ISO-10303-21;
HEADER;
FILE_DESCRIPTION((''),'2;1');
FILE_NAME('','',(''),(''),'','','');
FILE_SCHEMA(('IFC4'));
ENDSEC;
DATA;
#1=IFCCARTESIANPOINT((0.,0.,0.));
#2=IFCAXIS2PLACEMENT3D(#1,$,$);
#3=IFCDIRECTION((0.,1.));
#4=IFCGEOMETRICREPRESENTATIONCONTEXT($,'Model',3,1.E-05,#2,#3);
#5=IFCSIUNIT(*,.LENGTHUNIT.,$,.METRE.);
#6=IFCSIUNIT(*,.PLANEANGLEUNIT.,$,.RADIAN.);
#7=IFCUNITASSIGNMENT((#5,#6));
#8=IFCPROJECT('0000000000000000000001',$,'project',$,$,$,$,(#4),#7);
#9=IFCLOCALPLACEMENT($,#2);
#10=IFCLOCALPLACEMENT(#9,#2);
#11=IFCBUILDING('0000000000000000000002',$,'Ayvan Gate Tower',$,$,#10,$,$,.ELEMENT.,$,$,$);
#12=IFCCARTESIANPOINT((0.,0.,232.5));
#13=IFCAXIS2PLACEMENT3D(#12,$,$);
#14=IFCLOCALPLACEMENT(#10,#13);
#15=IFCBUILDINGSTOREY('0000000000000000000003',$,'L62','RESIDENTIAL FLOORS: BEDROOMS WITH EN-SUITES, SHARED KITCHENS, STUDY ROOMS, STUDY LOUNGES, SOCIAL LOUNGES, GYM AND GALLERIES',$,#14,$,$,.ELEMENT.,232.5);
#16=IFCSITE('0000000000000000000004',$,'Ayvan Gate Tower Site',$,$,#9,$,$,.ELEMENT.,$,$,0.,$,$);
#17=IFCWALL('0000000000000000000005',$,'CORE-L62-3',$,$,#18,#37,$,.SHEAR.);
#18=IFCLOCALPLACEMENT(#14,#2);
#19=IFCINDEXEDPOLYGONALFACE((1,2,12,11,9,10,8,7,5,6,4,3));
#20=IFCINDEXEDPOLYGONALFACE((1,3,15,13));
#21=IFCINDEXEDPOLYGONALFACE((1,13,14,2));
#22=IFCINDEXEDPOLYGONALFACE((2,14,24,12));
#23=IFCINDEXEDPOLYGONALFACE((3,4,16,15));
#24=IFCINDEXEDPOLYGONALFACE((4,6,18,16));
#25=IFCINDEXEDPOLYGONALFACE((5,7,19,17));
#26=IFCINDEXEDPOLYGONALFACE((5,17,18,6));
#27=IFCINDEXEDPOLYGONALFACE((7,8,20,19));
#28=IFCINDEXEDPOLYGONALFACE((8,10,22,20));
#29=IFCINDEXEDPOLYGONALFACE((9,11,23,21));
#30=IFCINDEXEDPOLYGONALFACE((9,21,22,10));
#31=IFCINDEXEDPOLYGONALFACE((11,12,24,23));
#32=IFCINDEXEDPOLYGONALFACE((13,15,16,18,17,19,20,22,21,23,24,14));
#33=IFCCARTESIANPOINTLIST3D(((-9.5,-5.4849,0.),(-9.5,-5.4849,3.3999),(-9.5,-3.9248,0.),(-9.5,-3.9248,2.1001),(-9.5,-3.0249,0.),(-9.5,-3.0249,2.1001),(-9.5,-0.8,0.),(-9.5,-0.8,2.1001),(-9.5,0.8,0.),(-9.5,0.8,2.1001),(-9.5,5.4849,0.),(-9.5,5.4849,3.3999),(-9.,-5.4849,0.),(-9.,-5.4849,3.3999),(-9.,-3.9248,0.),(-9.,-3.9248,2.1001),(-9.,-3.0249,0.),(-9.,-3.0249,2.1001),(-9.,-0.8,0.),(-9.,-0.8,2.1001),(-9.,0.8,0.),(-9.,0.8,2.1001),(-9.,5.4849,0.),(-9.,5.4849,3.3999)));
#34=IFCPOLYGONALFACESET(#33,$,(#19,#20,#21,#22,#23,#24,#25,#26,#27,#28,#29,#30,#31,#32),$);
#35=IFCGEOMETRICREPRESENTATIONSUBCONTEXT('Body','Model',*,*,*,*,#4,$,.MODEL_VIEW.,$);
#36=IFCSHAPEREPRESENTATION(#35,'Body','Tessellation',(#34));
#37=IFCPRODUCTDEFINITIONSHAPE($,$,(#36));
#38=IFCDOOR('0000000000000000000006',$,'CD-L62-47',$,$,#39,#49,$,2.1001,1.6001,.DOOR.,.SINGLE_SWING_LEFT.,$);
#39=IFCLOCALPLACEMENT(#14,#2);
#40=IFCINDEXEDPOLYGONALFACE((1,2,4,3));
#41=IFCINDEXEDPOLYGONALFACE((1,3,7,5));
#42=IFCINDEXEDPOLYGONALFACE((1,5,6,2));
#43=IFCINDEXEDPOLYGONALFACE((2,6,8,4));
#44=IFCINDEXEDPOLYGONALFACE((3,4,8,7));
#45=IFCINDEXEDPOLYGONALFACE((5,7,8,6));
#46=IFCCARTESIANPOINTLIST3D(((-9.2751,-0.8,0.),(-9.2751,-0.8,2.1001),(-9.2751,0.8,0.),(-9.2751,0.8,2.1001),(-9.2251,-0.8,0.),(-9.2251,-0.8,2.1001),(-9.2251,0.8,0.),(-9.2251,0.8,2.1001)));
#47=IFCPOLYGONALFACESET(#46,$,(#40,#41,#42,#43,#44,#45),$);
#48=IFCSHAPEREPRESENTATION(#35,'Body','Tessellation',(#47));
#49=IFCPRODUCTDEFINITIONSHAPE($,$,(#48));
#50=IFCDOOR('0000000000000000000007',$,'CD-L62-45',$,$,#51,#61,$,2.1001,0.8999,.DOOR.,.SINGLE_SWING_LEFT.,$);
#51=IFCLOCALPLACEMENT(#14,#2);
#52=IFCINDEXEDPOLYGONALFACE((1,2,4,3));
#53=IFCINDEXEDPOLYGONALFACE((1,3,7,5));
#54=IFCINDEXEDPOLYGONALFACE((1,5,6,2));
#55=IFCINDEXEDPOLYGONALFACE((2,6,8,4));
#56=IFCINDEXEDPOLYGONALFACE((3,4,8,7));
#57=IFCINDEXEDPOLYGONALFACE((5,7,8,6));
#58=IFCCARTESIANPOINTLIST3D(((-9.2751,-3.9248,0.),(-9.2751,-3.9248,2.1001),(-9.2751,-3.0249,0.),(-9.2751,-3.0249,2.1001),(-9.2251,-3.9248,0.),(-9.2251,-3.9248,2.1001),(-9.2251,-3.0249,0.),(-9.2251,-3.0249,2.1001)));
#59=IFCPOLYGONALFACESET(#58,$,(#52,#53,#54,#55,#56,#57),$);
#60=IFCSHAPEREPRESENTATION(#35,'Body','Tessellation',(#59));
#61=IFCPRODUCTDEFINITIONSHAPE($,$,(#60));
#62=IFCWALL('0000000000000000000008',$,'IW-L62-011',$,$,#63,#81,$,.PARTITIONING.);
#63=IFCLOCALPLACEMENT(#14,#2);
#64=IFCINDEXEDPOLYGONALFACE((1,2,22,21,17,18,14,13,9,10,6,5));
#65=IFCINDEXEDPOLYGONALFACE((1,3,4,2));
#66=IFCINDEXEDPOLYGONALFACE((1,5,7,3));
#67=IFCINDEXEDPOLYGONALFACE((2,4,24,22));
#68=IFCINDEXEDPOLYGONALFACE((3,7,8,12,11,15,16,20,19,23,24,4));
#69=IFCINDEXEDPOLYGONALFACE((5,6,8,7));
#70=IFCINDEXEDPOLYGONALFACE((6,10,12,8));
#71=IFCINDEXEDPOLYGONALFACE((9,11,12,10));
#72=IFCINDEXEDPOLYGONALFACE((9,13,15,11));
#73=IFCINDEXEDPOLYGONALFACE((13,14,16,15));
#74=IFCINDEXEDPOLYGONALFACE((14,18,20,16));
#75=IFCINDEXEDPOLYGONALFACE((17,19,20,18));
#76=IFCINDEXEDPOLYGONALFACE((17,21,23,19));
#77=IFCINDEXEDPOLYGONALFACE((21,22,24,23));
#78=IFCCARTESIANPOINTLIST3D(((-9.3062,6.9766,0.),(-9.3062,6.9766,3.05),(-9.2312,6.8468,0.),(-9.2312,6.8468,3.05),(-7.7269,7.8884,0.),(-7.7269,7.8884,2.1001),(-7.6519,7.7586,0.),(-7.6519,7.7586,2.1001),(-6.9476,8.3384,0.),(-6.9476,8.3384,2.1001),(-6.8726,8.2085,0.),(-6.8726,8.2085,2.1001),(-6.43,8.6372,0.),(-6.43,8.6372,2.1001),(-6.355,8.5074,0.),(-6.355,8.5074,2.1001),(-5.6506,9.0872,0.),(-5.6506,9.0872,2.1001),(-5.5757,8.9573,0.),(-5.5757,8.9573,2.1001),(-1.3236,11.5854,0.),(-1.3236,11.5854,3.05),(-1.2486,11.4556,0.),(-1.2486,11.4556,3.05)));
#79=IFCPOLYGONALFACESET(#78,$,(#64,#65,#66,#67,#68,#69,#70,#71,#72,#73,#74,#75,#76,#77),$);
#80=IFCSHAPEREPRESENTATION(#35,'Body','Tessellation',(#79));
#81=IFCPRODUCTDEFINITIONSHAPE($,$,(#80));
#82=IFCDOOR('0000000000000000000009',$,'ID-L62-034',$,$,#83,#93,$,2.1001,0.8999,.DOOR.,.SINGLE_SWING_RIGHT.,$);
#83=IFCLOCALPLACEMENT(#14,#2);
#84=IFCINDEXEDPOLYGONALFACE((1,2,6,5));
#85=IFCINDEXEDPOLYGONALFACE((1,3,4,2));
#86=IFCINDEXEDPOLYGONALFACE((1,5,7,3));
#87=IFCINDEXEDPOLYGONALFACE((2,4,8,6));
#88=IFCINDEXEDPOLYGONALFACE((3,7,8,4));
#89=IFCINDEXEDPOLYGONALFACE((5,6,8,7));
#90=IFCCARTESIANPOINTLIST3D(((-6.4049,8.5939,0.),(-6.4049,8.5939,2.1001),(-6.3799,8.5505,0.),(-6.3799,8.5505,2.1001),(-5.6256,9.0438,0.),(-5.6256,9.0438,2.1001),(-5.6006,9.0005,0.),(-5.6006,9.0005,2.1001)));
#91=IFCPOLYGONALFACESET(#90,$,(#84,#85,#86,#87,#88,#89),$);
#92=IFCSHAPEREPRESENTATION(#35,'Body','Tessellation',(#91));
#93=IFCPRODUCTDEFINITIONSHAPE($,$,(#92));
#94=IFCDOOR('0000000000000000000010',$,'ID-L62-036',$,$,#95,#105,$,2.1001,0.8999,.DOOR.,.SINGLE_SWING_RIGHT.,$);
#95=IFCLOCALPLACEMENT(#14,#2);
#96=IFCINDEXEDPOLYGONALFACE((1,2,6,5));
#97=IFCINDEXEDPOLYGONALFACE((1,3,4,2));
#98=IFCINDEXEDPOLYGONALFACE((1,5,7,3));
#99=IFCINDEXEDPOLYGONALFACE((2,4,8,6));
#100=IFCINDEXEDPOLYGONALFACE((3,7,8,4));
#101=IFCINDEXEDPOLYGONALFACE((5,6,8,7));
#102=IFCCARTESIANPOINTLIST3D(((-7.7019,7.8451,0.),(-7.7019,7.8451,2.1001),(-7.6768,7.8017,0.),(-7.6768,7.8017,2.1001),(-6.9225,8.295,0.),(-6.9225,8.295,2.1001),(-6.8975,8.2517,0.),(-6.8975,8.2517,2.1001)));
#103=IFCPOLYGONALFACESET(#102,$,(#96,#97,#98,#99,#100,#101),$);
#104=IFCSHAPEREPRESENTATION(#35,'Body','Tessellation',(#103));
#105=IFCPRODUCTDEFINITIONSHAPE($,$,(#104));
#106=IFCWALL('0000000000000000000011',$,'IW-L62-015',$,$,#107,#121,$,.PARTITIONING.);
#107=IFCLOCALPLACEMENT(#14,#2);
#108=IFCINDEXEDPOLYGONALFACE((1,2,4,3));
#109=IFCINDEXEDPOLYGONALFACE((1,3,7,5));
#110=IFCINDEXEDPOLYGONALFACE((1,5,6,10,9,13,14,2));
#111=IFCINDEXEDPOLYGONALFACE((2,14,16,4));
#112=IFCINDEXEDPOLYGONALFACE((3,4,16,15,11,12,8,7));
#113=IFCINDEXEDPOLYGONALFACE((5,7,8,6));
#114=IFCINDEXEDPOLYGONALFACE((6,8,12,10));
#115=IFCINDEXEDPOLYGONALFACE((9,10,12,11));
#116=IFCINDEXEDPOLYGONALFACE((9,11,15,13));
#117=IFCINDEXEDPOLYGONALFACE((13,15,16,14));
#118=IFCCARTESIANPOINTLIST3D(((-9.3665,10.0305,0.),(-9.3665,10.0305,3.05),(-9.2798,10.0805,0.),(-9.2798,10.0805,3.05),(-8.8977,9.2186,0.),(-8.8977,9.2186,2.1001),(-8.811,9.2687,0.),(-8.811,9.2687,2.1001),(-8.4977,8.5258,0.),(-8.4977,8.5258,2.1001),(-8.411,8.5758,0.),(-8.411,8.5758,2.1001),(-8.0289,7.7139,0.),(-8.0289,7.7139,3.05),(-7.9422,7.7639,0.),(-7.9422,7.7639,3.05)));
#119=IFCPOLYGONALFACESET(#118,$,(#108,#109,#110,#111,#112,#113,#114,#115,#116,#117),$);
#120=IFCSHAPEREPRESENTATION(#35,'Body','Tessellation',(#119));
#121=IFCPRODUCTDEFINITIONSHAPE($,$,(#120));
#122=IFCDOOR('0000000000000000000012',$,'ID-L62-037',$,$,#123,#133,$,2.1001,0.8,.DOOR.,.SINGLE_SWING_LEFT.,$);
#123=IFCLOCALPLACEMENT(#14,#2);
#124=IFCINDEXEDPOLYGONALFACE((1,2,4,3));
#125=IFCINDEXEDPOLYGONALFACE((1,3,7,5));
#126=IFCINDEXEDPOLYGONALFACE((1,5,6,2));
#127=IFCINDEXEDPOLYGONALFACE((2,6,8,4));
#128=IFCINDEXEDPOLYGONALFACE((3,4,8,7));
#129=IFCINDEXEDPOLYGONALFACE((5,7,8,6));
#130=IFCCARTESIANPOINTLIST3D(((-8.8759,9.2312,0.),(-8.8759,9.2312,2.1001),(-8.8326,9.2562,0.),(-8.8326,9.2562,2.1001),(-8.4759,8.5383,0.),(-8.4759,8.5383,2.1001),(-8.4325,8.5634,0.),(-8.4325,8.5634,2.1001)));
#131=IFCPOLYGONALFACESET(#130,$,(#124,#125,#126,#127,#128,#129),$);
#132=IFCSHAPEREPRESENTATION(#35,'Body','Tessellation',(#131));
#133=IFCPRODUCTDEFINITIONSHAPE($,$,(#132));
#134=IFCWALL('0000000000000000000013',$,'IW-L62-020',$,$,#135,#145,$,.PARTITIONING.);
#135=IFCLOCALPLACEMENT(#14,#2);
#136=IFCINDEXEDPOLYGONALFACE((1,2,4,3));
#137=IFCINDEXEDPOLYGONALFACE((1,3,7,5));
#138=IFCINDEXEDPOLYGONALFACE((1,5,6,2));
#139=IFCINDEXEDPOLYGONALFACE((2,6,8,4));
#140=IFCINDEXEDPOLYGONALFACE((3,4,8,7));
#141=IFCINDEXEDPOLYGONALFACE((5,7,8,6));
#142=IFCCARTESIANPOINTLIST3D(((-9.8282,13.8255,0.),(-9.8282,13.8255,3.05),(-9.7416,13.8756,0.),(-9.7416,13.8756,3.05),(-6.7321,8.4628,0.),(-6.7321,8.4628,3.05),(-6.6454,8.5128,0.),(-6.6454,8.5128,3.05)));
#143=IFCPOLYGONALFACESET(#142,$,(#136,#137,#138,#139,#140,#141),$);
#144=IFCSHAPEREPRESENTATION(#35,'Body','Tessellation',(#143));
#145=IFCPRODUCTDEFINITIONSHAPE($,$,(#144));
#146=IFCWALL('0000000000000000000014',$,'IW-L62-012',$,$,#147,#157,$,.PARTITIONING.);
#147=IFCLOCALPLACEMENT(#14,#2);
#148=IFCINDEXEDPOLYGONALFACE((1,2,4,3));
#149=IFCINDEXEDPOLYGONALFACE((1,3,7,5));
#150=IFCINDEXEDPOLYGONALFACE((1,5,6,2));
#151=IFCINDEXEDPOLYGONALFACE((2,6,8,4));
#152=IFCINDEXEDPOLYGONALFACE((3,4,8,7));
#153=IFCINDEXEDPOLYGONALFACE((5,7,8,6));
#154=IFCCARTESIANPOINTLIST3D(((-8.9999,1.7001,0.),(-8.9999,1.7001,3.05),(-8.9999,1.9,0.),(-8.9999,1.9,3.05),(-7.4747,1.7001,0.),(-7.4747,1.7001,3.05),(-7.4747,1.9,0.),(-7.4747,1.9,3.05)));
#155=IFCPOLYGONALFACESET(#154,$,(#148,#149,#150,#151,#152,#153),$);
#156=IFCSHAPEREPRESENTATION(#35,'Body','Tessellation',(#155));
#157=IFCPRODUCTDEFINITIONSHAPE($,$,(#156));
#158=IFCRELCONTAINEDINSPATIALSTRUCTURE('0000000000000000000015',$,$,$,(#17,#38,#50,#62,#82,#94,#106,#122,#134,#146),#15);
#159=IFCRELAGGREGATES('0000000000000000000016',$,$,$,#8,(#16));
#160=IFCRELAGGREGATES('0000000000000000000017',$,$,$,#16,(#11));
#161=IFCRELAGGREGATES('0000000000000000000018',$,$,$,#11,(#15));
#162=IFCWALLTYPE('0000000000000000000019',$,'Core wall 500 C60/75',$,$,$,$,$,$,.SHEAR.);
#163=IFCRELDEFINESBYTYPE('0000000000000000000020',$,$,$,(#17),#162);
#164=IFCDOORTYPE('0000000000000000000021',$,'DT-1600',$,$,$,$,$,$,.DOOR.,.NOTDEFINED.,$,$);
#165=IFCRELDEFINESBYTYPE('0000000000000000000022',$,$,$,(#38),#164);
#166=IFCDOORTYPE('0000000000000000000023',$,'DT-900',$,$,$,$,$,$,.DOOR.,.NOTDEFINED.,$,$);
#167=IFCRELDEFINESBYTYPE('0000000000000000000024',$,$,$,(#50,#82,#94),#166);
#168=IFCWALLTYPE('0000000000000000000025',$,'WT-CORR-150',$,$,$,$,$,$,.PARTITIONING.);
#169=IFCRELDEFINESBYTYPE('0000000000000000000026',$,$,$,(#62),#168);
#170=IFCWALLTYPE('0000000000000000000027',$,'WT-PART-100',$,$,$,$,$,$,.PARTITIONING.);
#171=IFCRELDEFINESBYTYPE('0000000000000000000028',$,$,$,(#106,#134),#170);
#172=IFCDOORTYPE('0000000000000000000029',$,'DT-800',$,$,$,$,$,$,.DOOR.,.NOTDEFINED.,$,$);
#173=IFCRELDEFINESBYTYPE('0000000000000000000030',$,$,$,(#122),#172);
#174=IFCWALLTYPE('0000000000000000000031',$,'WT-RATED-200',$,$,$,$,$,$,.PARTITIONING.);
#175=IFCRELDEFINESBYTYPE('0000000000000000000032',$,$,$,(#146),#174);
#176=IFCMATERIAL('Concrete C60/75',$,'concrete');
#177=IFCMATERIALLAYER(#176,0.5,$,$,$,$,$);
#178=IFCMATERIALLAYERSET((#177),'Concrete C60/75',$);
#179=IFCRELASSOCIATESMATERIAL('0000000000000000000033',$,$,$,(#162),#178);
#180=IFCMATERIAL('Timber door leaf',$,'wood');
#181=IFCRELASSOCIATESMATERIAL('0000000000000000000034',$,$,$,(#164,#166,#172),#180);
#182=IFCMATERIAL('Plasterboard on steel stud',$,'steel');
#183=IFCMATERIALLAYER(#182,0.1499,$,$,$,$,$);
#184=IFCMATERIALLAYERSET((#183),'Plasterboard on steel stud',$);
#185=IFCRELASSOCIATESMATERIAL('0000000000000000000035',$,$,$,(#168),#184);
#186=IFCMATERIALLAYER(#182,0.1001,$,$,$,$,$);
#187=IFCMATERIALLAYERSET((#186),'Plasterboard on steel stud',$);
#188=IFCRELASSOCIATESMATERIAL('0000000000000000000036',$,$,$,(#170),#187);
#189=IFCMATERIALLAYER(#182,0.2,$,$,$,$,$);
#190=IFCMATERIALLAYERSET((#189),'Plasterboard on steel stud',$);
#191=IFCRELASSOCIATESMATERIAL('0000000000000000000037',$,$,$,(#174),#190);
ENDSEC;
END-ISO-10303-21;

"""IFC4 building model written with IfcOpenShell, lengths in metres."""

from ifc_helpers import new_model, si_unit, direction, frame, frame_2d, origin, place, context, subcontext, project, spatial, rectangle, extrude, material, layer, layer_set, type_object, element, fill, save


model = new_model("IFC4")

# Units and contexts
model_context = context("Model", 3, precision=1e-05, world=origin(), true_north=direction((0.0, 1.0)))
body_context = subcontext(model_context, "Body", "Model", "MODEL_VIEW")
ifc_project = project(units=[si_unit("LENGTHUNIT", "METRE"), si_unit("PLANEANGLEUNIT", "RADIAN")], contexts=[model_context])

# Site, building, storey
site_placement = place(None, origin())
site = spatial("IfcSite", under=ifc_project, at=site_placement, Name="Ayvan Gate Tower Site", CompositionType="ELEMENT", RefElevation=0.0)
building_placement = place(site_placement, origin())
building = spatial("IfcBuilding", under=site, at=building_placement, Name="Ayvan Gate Tower", CompositionType="ELEMENT")
storey_placement = place(building_placement, frame((0.0, 0.0, 232.5)))
storey = spatial("IfcBuildingStorey", under=building, at=storey_placement, Name="L62", Description="RESIDENTIAL FLOORS: BEDROOMS WITH EN-SUITES, SHARED KITCHENS, STUDY ROOMS, STUDY LOUNGES, SOCIAL LOUNGES, GYM AND GALLERIES", CompositionType="ELEMENT", Elevation=232.5)

# Walls, openings, doors
ifc_material_1 = material(Name="Concrete C60/75", Category="concrete")
ifc_layer_1 = layer(ifc_material_1, 0.5)
ifc_layer_set_1 = layer_set([ifc_layer_1], Name="Concrete C60/75")
wall_type_1 = type_object("IfcWallType", Name="Core wall 500 C60/75", PredefinedType="SHEAR", material=ifc_layer_set_1)
wall_1_placement = place(storey_placement, frame((-9.25, 5.4849, 0.0), z_axis=(0.0, 0.0, 1.0), x_axis=(0.0, -1.0, 0.0)))
wall_1 = element("IfcWall", 1, at=wall_1_placement, inside=storey, type_object=wall_type_1, Name="CORE-L62-3", PredefinedType="SHEAR", context=body_context, shape_type="SweptSolid", body=[
    extrude(rectangle(XDim=10.9697, YDim=0.5, at=frame_2d((5.4849, 0.0))), origin(), (0.0, 0.0, 1.0), 3.3999),
])
opening_1_placement = place(wall_1_placement, frame((8.5098, 0.0, 0.0)))
opening_1 = element("IfcOpeningElement", 2, at=opening_1_placement, cuts=wall_1, PredefinedType="OPENING", context=body_context, shape_type="SweptSolid", body=[
    extrude(rectangle(XDim=0.8999, YDim=2.1001, at=frame_2d((0.45, 1.05))), frame((0.0, 0.26, 0.0), z_axis=(0.0, -1.0, 0.0), x_axis=(1.0, 0.0, 0.0)), (0.0, 0.0, 1.0), 0.52),
])
opening_2_placement = place(wall_1_placement, frame((4.6848, 0.0, 0.0)))
opening_2 = element("IfcOpeningElement", 3, at=opening_2_placement, cuts=wall_1, PredefinedType="OPENING", context=body_context, shape_type="SweptSolid", body=[
    extrude(rectangle(XDim=1.6001, YDim=2.1001, at=frame_2d((0.8, 1.05))), frame((0.0, 0.26, 0.0), z_axis=(0.0, -1.0, 0.0), x_axis=(1.0, 0.0, 0.0)), (0.0, 0.0, 1.0), 0.52),
])
ifc_material_2 = material(Name="Timber door leaf", Category="wood")
door_type_1 = type_object("IfcDoorType", Name="DT-1600", OperationType="NOTDEFINED", PredefinedType="DOOR", material=ifc_material_2)
door_1_placement = place(opening_2_placement, origin())
door_1 = element("IfcDoor", 4, at=door_1_placement, inside=storey, type_object=door_type_1, Name="CD-L62-47", OperationType="SINGLE_SWING_LEFT", OverallHeight=2.1001, OverallWidth=1.6001, PredefinedType="DOOR", context=body_context, shape_type="SweptSolid", body=[
    extrude(rectangle(XDim=1.6001, YDim=2.1001, at=frame_2d((0.8, 1.05))), frame((0.0, 0.0249, 0.0), z_axis=(0.0, -1.0, 0.0), x_axis=(1.0, 0.0, 0.0)), (0.0, 0.0, 1.0), 0.05),
])
fill(opening_2, door_1)
door_type_2 = type_object("IfcDoorType", Name="DT-900", OperationType="NOTDEFINED", PredefinedType="DOOR", material=ifc_material_2)
door_2_placement = place(opening_1_placement, origin())
door_2 = element("IfcDoor", 5, at=door_2_placement, inside=storey, type_object=door_type_2, Name="CD-L62-45", OperationType="SINGLE_SWING_LEFT", OverallHeight=2.1001, OverallWidth=0.8999, PredefinedType="DOOR", context=body_context, shape_type="SweptSolid", body=[
    extrude(rectangle(XDim=0.8999, YDim=2.1001, at=frame_2d((0.45, 1.05))), frame((0.0, 0.0249, 0.0), z_axis=(0.0, -1.0, 0.0), x_axis=(1.0, 0.0, 0.0)), (0.0, 0.0, 1.0), 0.05),
])
fill(opening_1, door_2)
ifc_material_3 = material(Name="Plasterboard on steel stud", Category="steel")
ifc_layer_2 = layer(ifc_material_3, 0.1499)
ifc_layer_set_2 = layer_set([ifc_layer_2], Name="Plasterboard on steel stud")
wall_type_2 = type_object("IfcWallType", Name="WT-CORR-150", PredefinedType="PARTITIONING", material=ifc_layer_set_2)
wall_2_placement = place(storey_placement, frame((-9.2688, 6.9116, 0.0), z_axis=(0.0, 0.0, 1.0), x_axis=(0.866021, 0.500008, 0.0)))
wall_2 = element("IfcWall", 6, at=wall_2_placement, inside=storey, type_object=wall_type_2, Name="IW-L62-011", PredefinedType="PARTITIONING", context=body_context, shape_type="SweptSolid", body=[
    extrude(rectangle(XDim=9.2175, YDim=0.1499, at=frame_2d((4.6089, 0.0))), origin(), (0.0, 0.0, 1.0), 3.05),
])
opening_3_placement = place(wall_2_placement, frame((3.3213, 0.0, 0.0)))
opening_3 = element("IfcOpeningElement", 7, at=opening_3_placement, cuts=wall_2, PredefinedType="OPENING", context=body_context, shape_type="SweptSolid", body=[
    extrude(rectangle(XDim=0.8999, YDim=2.1001, at=frame_2d((0.45, 1.05))), frame((0.0, 0.085, 0.0), z_axis=(0.0, -1.0, 0.0), x_axis=(1.0, 0.0, 0.0)), (0.0, 0.0, 1.0), 0.1699),
])
opening_4_placement = place(wall_2_placement, frame((1.8237, 0.0, 0.0)))
opening_4 = element("IfcOpeningElement", 8, at=opening_4_placement, cuts=wall_2, PredefinedType="OPENING", context=body_context, shape_type="SweptSolid", body=[
    extrude(rectangle(XDim=0.8999, YDim=2.1001, at=frame_2d((0.45, 1.05))), frame((0.0, 0.085, 0.0), z_axis=(0.0, -1.0, 0.0), x_axis=(1.0, 0.0, 0.0)), (0.0, 0.0, 1.0), 0.1699),
])
door_3_placement = place(opening_3_placement, origin())
door_3 = element("IfcDoor", 9, at=door_3_placement, inside=storey, type_object=door_type_2, Name="ID-L62-034", OperationType="SINGLE_SWING_RIGHT", OverallHeight=2.1001, OverallWidth=0.8999, PredefinedType="DOOR", context=body_context, shape_type="SweptSolid", body=[
    extrude(rectangle(XDim=0.8999, YDim=2.1001, at=frame_2d((0.45, 1.05))), frame((0.0, 0.0249, 0.0), z_axis=(0.0, -1.0, 0.0), x_axis=(1.0, 0.0, 0.0)), (0.0, 0.0, 1.0), 0.05),
])
fill(opening_3, door_3)
door_4_placement = place(opening_4_placement, origin())
door_4 = element("IfcDoor", 10, at=door_4_placement, inside=storey, type_object=door_type_2, Name="ID-L62-036", OperationType="SINGLE_SWING_RIGHT", OverallHeight=2.1001, OverallWidth=0.8999, PredefinedType="DOOR", context=body_context, shape_type="SweptSolid", body=[
    extrude(rectangle(XDim=0.8999, YDim=2.1001, at=frame_2d((0.45, 1.05))), frame((0.0, 0.0249, 0.0), z_axis=(0.0, -1.0, 0.0), x_axis=(1.0, 0.0, 0.0)), (0.0, 0.0, 1.0), 0.05),
])
fill(opening_4, door_4)

# Wall, opening, door
ifc_layer_3 = layer(ifc_material_3, 0.1001)
ifc_layer_set_3 = layer_set([ifc_layer_3], Name="Plasterboard on steel stud")
wall_type_3 = type_object("IfcWallType", Name="WT-PART-100", PredefinedType="PARTITIONING", material=ifc_layer_set_3)
wall_3_placement = place(storey_placement, frame((-7.9856, 7.739, 0.0), z_axis=(0.0, 0.0, 1.0), x_axis=(-0.500036, 0.866005, 0.0)))
wall_3 = element("IfcWall", 11, at=wall_3_placement, inside=storey, type_object=wall_type_3, Name="IW-L62-015", PredefinedType="PARTITIONING", context=body_context, shape_type="SweptSolid", body=[
    extrude(rectangle(XDim=2.675, YDim=0.1001, at=frame_2d((1.3374, 0.0))), origin(), (0.0, 0.0, 1.0), 3.05),
])
opening_5_placement = place(wall_3_placement, frame((0.9375, 0.0, 0.0)))
opening_5 = element("IfcOpeningElement", 12, at=opening_5_placement, cuts=wall_3, PredefinedType="OPENING", context=body_context, shape_type="SweptSolid", body=[
    extrude(rectangle(XDim=0.8, YDim=2.1001, at=frame_2d((0.3999, 1.05))), frame((0.0, 0.0601, 0.0), z_axis=(0.0, -1.0, 0.0), x_axis=(1.0, 0.0, 0.0)), (0.0, 0.0, 1.0), 0.1201),
])
door_type_3 = type_object("IfcDoorType", Name="DT-800", OperationType="NOTDEFINED", PredefinedType="DOOR", material=ifc_material_2)
door_5_placement = place(opening_5_placement, origin())
door_5 = element("IfcDoor", 13, at=door_5_placement, inside=storey, type_object=door_type_3, Name="ID-L62-037", OperationType="SINGLE_SWING_LEFT", OverallHeight=2.1001, OverallWidth=0.8, PredefinedType="DOOR", context=body_context, shape_type="SweptSolid", body=[
    extrude(rectangle(XDim=0.8, YDim=2.1001, at=frame_2d((0.3999, 1.05))), frame((0.0, 0.0249, 0.0), z_axis=(0.0, -1.0, 0.0), x_axis=(1.0, 0.0, 0.0)), (0.0, 0.0, 1.0), 0.05),
])
fill(opening_5, door_5)

# Walls
wall_4_placement = place(storey_placement, frame((-6.6887, 8.4878, 0.0), z_axis=(0.0, 0.0, 1.0), x_axis=(-0.499998, 0.866027, 0.0)))
element("IfcWall", 14, at=wall_4_placement, inside=storey, type_object=wall_type_3, Name="IW-L62-020", PredefinedType="PARTITIONING", context=body_context, shape_type="SweptSolid", body=[
    extrude(rectangle(XDim=6.1924, YDim=0.1001, at=frame_2d((3.0962, 0.0))), origin(), (0.0, 0.0, 1.0), 3.05),
])
ifc_layer_4 = layer(ifc_material_3, 0.2)
ifc_layer_set_4 = layer_set([ifc_layer_4], Name="Plasterboard on steel stud")
wall_type_4 = type_object("IfcWallType", Name="WT-RATED-200", PredefinedType="PARTITIONING", material=ifc_layer_set_4)
wall_5_placement = place(storey_placement, frame((-9.0, 1.8, 0.0), z_axis=(0.0, 0.0, 1.0), x_axis=(1.0, 0.0, 0.0)))
element("IfcWall", 15, at=wall_5_placement, inside=storey, type_object=wall_type_4, Name="IW-L62-012", PredefinedType="PARTITIONING", context=body_context, shape_type="SweptSolid", body=[
    extrude(rectangle(XDim=1.5251, YDim=0.2, at=frame_2d((0.7627, 0.0))), origin(), (0.0, 0.0, 1.0), 3.05),
])

save(model, "model.ifc")
